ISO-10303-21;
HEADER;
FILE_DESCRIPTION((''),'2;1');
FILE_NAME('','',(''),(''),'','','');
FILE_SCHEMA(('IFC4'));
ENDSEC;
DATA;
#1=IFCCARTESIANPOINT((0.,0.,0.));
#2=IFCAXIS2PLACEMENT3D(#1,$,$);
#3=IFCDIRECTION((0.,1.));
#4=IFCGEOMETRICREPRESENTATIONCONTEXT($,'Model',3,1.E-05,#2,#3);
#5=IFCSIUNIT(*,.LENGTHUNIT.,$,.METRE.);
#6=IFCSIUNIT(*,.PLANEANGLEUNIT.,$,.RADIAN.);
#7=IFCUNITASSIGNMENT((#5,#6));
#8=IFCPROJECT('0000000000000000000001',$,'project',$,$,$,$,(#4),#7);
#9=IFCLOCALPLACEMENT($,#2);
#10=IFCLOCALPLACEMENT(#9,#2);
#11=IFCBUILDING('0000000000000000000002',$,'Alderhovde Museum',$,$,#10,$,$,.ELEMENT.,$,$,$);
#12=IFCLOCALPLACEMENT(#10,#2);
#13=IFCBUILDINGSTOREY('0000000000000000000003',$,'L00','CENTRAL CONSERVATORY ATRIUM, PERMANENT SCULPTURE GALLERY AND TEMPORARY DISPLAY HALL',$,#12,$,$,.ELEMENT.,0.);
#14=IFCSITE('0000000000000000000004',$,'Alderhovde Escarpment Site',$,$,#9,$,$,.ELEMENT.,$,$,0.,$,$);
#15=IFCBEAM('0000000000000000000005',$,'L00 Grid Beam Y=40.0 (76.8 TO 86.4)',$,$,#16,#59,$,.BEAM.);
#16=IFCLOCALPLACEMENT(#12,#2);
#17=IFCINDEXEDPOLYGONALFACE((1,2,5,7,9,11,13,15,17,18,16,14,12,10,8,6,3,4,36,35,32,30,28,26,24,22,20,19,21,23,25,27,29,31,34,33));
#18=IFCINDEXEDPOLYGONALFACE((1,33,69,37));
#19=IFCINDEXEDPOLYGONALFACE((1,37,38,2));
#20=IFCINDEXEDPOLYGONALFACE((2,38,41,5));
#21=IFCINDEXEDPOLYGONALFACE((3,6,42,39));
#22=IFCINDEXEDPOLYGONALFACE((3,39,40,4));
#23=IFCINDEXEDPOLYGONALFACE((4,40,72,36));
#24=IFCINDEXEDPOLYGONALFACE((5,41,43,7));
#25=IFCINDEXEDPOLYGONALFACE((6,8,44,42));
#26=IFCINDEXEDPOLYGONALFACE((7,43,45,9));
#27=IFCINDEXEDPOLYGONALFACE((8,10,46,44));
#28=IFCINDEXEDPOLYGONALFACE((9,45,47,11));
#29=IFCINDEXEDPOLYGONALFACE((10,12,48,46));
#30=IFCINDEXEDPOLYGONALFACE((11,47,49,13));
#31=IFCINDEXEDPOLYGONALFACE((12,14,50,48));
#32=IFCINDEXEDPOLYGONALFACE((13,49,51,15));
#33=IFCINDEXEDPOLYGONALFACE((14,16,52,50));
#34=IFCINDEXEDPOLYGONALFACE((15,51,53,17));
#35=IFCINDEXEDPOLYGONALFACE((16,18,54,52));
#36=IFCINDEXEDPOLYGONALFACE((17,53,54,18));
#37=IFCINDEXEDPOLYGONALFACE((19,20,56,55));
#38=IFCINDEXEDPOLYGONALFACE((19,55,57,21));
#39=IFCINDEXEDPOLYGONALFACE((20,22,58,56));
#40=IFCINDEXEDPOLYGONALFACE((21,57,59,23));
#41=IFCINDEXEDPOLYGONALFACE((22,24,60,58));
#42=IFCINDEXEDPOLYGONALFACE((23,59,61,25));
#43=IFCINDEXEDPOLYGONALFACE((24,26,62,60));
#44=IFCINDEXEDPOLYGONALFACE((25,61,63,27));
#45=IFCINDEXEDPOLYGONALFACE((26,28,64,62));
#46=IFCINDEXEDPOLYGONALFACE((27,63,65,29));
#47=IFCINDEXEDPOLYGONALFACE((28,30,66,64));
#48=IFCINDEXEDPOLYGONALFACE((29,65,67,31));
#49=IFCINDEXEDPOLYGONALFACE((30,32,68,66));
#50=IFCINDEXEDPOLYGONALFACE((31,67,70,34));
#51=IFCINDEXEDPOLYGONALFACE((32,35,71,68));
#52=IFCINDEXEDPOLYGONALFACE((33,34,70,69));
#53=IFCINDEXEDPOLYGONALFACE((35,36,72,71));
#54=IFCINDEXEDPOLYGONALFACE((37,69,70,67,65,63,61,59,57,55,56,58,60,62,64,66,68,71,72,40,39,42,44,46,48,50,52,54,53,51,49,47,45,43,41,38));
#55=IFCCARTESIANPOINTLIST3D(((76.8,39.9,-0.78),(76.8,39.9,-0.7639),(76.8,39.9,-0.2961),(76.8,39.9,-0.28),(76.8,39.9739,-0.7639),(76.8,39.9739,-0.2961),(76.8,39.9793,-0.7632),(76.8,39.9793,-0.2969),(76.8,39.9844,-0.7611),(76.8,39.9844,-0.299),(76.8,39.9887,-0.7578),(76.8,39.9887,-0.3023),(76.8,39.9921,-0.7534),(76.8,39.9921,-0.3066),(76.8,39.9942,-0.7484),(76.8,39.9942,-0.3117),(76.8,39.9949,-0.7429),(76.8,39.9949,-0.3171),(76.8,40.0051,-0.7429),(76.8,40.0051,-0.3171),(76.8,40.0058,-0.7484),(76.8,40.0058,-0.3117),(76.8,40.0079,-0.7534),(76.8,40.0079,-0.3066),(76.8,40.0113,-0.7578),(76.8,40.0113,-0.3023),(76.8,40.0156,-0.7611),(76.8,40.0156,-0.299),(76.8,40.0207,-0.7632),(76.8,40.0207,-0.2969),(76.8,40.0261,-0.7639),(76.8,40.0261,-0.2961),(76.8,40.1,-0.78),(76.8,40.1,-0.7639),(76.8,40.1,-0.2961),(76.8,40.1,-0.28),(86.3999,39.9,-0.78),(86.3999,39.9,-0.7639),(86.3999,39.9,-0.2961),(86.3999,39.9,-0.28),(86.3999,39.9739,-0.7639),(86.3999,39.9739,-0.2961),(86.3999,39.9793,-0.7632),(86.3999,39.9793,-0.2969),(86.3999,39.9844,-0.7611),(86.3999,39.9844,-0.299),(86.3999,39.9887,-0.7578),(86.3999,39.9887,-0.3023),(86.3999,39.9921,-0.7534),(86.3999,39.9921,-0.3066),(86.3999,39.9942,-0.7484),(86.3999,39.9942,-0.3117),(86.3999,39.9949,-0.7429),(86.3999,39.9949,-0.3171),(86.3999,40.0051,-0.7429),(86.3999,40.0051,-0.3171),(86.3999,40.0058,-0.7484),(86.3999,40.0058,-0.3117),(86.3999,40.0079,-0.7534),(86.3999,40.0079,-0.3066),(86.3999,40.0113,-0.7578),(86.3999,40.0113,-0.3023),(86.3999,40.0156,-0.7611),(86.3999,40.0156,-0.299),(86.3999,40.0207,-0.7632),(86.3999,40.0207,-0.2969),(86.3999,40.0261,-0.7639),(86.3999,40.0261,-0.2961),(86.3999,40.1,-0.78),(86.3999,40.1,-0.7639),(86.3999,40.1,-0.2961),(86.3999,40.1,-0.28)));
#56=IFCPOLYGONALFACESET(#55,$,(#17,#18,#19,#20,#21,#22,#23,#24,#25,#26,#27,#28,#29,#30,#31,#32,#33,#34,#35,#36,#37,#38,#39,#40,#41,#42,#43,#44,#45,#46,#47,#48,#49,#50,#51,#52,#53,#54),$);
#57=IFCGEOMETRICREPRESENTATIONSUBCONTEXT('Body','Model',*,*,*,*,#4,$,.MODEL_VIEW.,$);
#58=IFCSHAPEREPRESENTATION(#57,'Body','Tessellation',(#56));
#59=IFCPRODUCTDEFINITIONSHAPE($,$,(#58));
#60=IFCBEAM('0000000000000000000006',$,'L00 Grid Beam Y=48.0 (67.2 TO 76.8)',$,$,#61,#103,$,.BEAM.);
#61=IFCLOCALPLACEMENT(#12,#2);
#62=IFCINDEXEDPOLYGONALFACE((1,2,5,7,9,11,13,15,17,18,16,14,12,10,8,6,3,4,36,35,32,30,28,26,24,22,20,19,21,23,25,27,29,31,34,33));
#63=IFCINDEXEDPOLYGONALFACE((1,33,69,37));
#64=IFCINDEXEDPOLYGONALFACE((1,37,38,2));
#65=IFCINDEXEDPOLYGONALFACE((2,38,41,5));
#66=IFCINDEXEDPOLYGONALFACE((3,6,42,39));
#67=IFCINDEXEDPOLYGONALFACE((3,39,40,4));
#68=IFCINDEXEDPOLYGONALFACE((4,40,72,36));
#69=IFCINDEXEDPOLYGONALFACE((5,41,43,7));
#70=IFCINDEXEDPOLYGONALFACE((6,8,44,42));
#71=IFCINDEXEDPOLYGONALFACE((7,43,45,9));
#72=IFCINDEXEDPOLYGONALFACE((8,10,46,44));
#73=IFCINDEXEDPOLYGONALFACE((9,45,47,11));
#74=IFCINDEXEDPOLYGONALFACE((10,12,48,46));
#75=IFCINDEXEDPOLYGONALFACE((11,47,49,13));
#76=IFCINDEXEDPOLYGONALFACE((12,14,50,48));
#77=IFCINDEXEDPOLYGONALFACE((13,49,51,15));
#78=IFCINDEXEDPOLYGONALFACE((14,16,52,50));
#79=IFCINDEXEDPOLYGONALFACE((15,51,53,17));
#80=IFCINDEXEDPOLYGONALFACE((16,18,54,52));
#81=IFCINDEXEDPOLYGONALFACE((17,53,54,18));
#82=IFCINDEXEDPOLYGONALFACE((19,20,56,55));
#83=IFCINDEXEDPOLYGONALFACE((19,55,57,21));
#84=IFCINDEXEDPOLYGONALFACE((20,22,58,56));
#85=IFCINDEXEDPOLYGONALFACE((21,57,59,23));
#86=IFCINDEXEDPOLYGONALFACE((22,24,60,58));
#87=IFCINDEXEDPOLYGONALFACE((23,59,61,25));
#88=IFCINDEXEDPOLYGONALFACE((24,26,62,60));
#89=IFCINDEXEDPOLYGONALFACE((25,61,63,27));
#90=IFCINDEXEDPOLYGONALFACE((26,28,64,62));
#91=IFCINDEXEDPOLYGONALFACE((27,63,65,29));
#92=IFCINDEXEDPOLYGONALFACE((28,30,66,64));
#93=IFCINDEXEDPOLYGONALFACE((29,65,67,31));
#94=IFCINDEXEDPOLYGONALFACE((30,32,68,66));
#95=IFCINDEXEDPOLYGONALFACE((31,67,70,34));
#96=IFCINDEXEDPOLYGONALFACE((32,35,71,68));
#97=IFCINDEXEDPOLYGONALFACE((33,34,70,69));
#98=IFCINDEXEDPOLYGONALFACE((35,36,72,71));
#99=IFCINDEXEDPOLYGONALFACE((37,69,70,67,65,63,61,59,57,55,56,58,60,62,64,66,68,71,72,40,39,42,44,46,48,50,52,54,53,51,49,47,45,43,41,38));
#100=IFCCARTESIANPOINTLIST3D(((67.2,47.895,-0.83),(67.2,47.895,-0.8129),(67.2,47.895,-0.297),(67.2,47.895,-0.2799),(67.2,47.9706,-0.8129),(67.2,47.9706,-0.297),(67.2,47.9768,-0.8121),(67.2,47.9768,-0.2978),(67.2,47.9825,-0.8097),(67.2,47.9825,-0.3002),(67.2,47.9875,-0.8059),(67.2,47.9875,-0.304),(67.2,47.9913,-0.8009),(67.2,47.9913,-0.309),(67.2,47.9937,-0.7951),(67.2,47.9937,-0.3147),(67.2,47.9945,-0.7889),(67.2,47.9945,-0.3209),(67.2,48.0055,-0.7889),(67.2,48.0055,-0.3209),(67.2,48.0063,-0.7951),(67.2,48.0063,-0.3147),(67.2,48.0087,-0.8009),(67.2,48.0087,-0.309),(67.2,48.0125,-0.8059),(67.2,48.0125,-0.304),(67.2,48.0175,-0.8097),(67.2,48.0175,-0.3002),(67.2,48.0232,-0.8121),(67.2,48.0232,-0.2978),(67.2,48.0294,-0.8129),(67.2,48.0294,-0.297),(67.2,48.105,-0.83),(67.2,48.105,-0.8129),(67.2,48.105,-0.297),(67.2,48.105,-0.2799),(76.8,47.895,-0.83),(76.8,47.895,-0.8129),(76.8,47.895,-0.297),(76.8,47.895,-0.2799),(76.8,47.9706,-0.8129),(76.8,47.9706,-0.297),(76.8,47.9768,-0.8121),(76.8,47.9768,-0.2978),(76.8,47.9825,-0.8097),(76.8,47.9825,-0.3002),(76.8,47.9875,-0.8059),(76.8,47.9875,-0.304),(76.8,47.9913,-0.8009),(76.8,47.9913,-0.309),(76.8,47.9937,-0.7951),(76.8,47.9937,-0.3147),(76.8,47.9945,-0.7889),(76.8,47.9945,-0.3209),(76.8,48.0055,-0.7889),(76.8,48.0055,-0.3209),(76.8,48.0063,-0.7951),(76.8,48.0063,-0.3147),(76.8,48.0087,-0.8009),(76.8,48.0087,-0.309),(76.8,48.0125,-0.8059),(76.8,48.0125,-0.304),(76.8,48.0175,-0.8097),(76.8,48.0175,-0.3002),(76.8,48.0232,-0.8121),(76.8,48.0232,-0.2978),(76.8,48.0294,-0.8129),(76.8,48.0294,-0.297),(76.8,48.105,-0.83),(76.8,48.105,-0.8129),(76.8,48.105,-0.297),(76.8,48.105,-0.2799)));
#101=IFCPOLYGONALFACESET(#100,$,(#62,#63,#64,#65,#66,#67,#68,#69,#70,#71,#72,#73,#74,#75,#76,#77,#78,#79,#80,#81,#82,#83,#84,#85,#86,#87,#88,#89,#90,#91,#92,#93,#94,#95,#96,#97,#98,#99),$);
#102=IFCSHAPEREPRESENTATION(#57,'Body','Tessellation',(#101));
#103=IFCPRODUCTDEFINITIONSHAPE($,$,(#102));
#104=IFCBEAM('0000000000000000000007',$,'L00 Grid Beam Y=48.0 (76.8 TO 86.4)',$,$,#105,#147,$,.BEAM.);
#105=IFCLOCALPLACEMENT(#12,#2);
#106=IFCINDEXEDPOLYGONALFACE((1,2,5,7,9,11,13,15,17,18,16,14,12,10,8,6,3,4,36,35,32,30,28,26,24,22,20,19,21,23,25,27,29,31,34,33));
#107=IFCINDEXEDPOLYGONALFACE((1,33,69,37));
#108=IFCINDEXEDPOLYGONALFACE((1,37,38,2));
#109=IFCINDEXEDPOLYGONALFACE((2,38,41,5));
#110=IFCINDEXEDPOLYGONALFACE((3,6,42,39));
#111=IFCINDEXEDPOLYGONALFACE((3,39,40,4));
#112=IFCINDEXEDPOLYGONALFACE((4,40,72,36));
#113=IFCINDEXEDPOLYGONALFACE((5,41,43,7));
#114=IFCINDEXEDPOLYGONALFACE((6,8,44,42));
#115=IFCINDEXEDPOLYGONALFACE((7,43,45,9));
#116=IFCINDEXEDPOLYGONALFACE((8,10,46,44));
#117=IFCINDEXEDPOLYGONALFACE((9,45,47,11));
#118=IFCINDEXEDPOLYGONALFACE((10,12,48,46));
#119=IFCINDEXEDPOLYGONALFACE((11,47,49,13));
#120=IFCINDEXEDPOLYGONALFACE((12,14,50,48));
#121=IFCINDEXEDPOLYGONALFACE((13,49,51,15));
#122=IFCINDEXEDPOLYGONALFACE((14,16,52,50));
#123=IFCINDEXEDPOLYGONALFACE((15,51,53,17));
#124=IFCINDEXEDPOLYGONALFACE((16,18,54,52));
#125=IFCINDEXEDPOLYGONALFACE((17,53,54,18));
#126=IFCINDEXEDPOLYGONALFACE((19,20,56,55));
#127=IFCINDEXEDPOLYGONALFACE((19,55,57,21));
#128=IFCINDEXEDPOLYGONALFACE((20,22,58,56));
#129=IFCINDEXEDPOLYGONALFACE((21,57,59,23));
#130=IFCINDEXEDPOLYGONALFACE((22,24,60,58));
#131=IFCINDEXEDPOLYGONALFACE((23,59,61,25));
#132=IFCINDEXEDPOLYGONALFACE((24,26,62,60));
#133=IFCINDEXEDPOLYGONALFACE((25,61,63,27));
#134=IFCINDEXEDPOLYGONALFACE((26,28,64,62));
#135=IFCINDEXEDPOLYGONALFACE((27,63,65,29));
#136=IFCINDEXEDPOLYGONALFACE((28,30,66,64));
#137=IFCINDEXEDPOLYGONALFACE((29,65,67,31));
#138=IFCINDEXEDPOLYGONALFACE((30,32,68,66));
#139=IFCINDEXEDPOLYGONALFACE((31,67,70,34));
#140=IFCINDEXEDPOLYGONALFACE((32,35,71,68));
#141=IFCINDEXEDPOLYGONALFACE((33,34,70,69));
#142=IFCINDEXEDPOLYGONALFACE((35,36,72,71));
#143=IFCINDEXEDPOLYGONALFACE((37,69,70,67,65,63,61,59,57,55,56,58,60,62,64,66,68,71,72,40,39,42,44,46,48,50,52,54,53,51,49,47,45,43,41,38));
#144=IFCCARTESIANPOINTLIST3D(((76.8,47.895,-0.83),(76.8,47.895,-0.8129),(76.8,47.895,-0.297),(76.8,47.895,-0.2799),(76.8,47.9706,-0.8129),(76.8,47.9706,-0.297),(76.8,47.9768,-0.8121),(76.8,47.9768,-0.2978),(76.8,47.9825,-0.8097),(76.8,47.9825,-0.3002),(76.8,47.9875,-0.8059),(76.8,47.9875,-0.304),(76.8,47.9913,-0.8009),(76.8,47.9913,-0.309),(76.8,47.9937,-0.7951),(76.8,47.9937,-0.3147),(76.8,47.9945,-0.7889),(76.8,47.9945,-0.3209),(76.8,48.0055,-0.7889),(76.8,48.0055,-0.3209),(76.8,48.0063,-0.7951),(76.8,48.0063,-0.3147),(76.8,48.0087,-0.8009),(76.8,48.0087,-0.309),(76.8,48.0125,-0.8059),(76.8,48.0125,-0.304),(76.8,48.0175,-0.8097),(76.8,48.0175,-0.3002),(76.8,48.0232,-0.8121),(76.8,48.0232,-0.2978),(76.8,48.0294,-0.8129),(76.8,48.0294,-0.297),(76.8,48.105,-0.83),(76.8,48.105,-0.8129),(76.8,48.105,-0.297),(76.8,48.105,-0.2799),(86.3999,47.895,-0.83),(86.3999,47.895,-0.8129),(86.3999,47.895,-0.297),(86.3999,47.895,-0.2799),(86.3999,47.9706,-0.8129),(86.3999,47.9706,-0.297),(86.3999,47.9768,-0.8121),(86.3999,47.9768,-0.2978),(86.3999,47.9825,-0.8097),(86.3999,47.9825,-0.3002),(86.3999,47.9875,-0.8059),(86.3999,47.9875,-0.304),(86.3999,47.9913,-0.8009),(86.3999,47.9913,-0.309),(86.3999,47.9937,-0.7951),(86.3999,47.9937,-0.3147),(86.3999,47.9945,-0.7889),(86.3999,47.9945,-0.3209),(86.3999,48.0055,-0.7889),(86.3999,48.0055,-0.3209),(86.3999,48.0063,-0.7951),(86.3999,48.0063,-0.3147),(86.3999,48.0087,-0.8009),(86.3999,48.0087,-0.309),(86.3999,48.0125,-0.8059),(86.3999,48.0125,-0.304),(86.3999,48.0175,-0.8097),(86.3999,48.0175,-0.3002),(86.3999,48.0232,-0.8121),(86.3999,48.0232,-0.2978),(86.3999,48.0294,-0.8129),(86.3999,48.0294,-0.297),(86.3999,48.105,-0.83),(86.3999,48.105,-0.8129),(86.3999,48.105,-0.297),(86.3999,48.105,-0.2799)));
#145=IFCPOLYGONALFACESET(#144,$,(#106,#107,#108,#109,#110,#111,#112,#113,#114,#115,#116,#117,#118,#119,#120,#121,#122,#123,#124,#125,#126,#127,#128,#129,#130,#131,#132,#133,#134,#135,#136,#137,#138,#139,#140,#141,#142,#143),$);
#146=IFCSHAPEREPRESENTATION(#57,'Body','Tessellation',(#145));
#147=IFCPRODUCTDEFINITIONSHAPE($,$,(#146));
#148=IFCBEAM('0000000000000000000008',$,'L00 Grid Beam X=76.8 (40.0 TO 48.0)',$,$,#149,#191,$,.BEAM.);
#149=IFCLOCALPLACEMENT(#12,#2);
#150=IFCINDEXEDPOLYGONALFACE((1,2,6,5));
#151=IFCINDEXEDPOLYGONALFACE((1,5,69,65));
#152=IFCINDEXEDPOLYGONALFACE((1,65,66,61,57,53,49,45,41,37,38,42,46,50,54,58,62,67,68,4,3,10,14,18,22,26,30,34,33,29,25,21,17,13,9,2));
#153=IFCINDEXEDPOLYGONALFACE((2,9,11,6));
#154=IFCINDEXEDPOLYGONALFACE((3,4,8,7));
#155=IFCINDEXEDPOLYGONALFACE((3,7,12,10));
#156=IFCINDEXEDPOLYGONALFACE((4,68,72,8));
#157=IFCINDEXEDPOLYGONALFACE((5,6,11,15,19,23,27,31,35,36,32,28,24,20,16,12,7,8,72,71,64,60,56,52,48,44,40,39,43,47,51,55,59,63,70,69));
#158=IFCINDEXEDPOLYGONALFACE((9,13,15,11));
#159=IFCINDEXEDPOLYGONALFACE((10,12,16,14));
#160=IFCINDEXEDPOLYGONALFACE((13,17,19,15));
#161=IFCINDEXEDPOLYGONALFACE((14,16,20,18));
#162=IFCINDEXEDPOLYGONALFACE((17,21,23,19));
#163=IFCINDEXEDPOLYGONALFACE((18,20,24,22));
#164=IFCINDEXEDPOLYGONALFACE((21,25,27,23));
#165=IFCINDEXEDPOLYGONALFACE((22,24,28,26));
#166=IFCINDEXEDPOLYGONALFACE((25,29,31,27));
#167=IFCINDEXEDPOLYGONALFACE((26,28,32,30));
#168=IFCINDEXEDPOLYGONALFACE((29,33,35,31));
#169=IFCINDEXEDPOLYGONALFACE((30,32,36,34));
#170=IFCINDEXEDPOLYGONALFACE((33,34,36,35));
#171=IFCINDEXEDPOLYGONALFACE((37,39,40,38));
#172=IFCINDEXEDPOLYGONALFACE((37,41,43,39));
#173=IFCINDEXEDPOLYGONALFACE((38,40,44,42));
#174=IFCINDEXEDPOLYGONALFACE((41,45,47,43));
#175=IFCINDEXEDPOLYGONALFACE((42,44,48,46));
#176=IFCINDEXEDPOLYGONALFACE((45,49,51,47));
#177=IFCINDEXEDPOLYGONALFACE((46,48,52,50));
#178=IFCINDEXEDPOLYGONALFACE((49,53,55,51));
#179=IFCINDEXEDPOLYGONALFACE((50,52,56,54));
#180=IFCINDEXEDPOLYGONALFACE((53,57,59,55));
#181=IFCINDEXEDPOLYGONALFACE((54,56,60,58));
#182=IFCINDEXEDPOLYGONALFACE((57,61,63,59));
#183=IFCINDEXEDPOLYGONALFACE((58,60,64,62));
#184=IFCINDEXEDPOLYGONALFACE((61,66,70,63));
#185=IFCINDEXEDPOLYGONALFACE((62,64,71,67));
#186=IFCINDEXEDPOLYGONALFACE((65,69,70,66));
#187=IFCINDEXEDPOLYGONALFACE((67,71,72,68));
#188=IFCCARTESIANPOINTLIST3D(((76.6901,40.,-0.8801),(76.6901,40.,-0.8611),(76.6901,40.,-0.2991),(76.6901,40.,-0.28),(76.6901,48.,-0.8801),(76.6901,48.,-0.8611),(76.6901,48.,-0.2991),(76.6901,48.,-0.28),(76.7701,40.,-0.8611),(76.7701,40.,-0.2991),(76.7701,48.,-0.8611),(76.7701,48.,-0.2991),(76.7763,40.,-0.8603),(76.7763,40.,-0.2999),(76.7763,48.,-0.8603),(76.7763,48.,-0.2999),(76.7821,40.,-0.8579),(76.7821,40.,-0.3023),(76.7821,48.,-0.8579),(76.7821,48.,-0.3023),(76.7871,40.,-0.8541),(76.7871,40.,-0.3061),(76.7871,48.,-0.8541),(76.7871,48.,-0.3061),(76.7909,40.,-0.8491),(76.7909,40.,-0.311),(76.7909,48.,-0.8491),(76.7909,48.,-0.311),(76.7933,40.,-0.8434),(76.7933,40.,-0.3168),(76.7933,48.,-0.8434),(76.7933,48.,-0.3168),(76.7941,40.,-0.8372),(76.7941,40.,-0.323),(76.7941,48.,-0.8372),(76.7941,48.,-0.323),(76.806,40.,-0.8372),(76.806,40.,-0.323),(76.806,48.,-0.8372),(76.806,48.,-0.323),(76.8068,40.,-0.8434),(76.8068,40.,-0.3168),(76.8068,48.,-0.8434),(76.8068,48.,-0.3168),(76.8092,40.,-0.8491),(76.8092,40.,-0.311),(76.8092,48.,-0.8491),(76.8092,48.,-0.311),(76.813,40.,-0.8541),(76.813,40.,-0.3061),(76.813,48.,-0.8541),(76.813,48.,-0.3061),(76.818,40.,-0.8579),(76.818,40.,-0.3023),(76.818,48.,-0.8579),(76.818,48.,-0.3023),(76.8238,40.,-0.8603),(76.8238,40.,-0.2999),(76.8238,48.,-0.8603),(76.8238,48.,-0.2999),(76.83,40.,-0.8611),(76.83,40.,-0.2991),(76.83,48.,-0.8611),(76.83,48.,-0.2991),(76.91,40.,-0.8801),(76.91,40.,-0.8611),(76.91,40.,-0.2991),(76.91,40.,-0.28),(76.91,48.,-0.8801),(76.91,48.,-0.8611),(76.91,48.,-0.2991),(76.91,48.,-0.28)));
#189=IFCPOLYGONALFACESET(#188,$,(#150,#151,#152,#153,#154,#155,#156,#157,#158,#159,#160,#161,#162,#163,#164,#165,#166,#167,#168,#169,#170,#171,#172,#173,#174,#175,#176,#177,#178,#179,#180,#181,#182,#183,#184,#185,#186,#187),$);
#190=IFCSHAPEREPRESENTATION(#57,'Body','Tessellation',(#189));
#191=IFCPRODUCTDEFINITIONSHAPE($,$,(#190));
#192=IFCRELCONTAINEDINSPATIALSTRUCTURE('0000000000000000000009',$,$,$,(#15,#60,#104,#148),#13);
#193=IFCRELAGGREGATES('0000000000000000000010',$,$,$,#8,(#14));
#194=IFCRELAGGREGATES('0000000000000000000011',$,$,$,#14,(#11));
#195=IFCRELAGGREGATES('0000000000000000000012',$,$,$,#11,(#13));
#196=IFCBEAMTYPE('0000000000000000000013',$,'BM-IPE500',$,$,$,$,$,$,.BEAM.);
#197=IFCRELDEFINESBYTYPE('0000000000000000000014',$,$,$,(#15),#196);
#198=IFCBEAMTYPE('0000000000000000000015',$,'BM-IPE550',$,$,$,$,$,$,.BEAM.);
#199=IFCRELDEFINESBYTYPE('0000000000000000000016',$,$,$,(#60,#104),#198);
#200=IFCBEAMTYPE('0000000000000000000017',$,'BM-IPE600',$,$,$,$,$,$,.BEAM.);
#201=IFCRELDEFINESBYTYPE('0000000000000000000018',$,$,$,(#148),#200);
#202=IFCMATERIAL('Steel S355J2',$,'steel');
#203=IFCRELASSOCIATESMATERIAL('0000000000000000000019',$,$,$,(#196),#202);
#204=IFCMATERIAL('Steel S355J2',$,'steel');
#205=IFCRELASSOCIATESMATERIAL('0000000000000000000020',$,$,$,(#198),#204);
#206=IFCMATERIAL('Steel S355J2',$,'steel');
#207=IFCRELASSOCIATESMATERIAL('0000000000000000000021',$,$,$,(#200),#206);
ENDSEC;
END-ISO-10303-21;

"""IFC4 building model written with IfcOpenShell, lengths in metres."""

from ifc_helpers import new_model, si_unit, direction, frame, origin, origin_2d, place, context, subcontext, project, spatial, i_section, extrude, material, material_profile, profile_set, type_object, element, save


model = new_model("IFC4")

# Units and contexts
model_context = context("Model", 3, precision=1e-05, world=origin(), true_north=direction((0.0, 1.0)))
body_context = subcontext(model_context, "Body", "Model", "MODEL_VIEW")
ifc_project = project(units=[si_unit("LENGTHUNIT", "METRE"), si_unit("PLANEANGLEUNIT", "RADIAN")], contexts=[model_context])

# Site, building, storey
site_placement = place(None, origin())
site = spatial("IfcSite", under=ifc_project, at=site_placement, Name="Alderhovde Escarpment Site", CompositionType="ELEMENT", RefElevation=0.0)
building_placement = place(site_placement, origin())
building = spatial("IfcBuilding", under=site, at=building_placement, Name="Alderhovde Museum", CompositionType="ELEMENT")
storey_placement = place(building_placement, origin())
storey = spatial("IfcBuildingStorey", under=building, at=storey_placement, Name="L00", Description="CENTRAL CONSERVATORY ATRIUM, PERMANENT SCULPTURE GALLERY AND TEMPORARY DISPLAY HALL", CompositionType="ELEMENT", Elevation=0.0)

# Beams
ifc_material_1 = material(Name="Steel S355J2", Category="steel")
ifc_material_profile_1 = material_profile(ifc_material_1, i_section(OverallWidth=0.2, OverallDepth=0.5, WebThickness=0.0103, FlangeThickness=0.0161, FilletRadius=0.021, at=origin_2d()), Name="IPE 500")
ifc_profile_set_1 = profile_set([ifc_material_profile_1], Name="Steel S355J2")
beam_type_1 = type_object("IfcBeamType", Name="BM-IPE500", PredefinedType="BEAM", material=ifc_profile_set_1)
beam_1_placement = place(storey_placement, frame((76.8, 40.0, -0.53), z_axis=(1.0, 0.0, 0.0), x_axis=(0.0, 1.0, 0.0)))
element("IfcBeam", 1, at=beam_1_placement, inside=storey, type_object=beam_type_1, Name="L00 Grid Beam Y=40.0 (76.8 TO 86.4)", PredefinedType="BEAM", context=body_context, shape_type="SweptSolid", body=[
    extrude(i_section(OverallWidth=0.2, OverallDepth=0.5, WebThickness=0.0103, FlangeThickness=0.0161, FilletRadius=0.021, at=origin_2d()), origin(), (0.0, 0.0, 1.0), 9.5999),
])
ifc_material_2 = material(Name="Steel S355J2", Category="steel")
ifc_material_profile_2 = material_profile(ifc_material_2, i_section(OverallWidth=0.21, OverallDepth=0.55, WebThickness=0.011, FlangeThickness=0.0171, FilletRadius=0.0239, at=origin_2d()), Name="IPE 550")
ifc_profile_set_2 = profile_set([ifc_material_profile_2], Name="Steel S355J2")
beam_type_2 = type_object("IfcBeamType", Name="BM-IPE550", PredefinedType="BEAM", material=ifc_profile_set_2)
beam_2_placement = place(storey_placement, frame((67.2, 48.0, -0.5549), z_axis=(1.0, 0.0, 0.0), x_axis=(0.0, 1.0, 0.0)))
element("IfcBeam", 2, at=beam_2_placement, inside=storey, type_object=beam_type_2, Name="L00 Grid Beam Y=48.0 (67.2 TO 76.8)", PredefinedType="BEAM", context=body_context, shape_type="SweptSolid", body=[
    extrude(i_section(OverallWidth=0.21, OverallDepth=0.55, WebThickness=0.011, FlangeThickness=0.0171, FilletRadius=0.0239, at=origin_2d()), origin(), (0.0, 0.0, 1.0), 9.6001),
])
beam_3_placement = place(storey_placement, frame((76.8, 48.0, -0.5549), z_axis=(1.0, 0.0, 0.0), x_axis=(0.0, 1.0, 0.0)))
element("IfcBeam", 3, at=beam_3_placement, inside=storey, type_object=beam_type_2, Name="L00 Grid Beam Y=48.0 (76.8 TO 86.4)", PredefinedType="BEAM", context=body_context, shape_type="SweptSolid", body=[
    extrude(i_section(OverallWidth=0.21, OverallDepth=0.55, WebThickness=0.011, FlangeThickness=0.0171, FilletRadius=0.0239, at=origin_2d()), origin(), (0.0, 0.0, 1.0), 9.5999),
])
ifc_material_3 = material(Name="Steel S355J2", Category="steel")
ifc_material_profile_3 = material_profile(ifc_material_3, i_section(OverallWidth=0.22, OverallDepth=0.6001, WebThickness=0.012, FlangeThickness=0.019, FilletRadius=0.0239, at=origin_2d()), Name="IPE 600")
ifc_profile_set_3 = profile_set([ifc_material_profile_3], Name="Steel S355J2")
beam_type_3 = type_object("IfcBeamType", Name="BM-IPE600", PredefinedType="BEAM", material=ifc_profile_set_3)
for number, where, z_axis, x_axis, name in (
    (4, (76.8, 40.0, -0.5801), (0.0, 1.0, 0.0), (-1.0, 0.0, 0.0), "L00 Grid Beam X=76.8 (40.0 TO 48.0)"),
):
    element("IfcBeam", number, at=place(storey_placement, frame(where, z_axis=z_axis, x_axis=x_axis)), inside=storey, type_object=beam_type_3, Name=name, PredefinedType="BEAM", context=body_context, shape_type="SweptSolid", body=[
        extrude(i_section(OverallWidth=0.22, OverallDepth=0.6001, WebThickness=0.012, FlangeThickness=0.019, FilletRadius=0.0239, at=origin_2d()), origin(), (0.0, 0.0, 1.0), 8.0),
    ])

save(model, "model.ifc")
